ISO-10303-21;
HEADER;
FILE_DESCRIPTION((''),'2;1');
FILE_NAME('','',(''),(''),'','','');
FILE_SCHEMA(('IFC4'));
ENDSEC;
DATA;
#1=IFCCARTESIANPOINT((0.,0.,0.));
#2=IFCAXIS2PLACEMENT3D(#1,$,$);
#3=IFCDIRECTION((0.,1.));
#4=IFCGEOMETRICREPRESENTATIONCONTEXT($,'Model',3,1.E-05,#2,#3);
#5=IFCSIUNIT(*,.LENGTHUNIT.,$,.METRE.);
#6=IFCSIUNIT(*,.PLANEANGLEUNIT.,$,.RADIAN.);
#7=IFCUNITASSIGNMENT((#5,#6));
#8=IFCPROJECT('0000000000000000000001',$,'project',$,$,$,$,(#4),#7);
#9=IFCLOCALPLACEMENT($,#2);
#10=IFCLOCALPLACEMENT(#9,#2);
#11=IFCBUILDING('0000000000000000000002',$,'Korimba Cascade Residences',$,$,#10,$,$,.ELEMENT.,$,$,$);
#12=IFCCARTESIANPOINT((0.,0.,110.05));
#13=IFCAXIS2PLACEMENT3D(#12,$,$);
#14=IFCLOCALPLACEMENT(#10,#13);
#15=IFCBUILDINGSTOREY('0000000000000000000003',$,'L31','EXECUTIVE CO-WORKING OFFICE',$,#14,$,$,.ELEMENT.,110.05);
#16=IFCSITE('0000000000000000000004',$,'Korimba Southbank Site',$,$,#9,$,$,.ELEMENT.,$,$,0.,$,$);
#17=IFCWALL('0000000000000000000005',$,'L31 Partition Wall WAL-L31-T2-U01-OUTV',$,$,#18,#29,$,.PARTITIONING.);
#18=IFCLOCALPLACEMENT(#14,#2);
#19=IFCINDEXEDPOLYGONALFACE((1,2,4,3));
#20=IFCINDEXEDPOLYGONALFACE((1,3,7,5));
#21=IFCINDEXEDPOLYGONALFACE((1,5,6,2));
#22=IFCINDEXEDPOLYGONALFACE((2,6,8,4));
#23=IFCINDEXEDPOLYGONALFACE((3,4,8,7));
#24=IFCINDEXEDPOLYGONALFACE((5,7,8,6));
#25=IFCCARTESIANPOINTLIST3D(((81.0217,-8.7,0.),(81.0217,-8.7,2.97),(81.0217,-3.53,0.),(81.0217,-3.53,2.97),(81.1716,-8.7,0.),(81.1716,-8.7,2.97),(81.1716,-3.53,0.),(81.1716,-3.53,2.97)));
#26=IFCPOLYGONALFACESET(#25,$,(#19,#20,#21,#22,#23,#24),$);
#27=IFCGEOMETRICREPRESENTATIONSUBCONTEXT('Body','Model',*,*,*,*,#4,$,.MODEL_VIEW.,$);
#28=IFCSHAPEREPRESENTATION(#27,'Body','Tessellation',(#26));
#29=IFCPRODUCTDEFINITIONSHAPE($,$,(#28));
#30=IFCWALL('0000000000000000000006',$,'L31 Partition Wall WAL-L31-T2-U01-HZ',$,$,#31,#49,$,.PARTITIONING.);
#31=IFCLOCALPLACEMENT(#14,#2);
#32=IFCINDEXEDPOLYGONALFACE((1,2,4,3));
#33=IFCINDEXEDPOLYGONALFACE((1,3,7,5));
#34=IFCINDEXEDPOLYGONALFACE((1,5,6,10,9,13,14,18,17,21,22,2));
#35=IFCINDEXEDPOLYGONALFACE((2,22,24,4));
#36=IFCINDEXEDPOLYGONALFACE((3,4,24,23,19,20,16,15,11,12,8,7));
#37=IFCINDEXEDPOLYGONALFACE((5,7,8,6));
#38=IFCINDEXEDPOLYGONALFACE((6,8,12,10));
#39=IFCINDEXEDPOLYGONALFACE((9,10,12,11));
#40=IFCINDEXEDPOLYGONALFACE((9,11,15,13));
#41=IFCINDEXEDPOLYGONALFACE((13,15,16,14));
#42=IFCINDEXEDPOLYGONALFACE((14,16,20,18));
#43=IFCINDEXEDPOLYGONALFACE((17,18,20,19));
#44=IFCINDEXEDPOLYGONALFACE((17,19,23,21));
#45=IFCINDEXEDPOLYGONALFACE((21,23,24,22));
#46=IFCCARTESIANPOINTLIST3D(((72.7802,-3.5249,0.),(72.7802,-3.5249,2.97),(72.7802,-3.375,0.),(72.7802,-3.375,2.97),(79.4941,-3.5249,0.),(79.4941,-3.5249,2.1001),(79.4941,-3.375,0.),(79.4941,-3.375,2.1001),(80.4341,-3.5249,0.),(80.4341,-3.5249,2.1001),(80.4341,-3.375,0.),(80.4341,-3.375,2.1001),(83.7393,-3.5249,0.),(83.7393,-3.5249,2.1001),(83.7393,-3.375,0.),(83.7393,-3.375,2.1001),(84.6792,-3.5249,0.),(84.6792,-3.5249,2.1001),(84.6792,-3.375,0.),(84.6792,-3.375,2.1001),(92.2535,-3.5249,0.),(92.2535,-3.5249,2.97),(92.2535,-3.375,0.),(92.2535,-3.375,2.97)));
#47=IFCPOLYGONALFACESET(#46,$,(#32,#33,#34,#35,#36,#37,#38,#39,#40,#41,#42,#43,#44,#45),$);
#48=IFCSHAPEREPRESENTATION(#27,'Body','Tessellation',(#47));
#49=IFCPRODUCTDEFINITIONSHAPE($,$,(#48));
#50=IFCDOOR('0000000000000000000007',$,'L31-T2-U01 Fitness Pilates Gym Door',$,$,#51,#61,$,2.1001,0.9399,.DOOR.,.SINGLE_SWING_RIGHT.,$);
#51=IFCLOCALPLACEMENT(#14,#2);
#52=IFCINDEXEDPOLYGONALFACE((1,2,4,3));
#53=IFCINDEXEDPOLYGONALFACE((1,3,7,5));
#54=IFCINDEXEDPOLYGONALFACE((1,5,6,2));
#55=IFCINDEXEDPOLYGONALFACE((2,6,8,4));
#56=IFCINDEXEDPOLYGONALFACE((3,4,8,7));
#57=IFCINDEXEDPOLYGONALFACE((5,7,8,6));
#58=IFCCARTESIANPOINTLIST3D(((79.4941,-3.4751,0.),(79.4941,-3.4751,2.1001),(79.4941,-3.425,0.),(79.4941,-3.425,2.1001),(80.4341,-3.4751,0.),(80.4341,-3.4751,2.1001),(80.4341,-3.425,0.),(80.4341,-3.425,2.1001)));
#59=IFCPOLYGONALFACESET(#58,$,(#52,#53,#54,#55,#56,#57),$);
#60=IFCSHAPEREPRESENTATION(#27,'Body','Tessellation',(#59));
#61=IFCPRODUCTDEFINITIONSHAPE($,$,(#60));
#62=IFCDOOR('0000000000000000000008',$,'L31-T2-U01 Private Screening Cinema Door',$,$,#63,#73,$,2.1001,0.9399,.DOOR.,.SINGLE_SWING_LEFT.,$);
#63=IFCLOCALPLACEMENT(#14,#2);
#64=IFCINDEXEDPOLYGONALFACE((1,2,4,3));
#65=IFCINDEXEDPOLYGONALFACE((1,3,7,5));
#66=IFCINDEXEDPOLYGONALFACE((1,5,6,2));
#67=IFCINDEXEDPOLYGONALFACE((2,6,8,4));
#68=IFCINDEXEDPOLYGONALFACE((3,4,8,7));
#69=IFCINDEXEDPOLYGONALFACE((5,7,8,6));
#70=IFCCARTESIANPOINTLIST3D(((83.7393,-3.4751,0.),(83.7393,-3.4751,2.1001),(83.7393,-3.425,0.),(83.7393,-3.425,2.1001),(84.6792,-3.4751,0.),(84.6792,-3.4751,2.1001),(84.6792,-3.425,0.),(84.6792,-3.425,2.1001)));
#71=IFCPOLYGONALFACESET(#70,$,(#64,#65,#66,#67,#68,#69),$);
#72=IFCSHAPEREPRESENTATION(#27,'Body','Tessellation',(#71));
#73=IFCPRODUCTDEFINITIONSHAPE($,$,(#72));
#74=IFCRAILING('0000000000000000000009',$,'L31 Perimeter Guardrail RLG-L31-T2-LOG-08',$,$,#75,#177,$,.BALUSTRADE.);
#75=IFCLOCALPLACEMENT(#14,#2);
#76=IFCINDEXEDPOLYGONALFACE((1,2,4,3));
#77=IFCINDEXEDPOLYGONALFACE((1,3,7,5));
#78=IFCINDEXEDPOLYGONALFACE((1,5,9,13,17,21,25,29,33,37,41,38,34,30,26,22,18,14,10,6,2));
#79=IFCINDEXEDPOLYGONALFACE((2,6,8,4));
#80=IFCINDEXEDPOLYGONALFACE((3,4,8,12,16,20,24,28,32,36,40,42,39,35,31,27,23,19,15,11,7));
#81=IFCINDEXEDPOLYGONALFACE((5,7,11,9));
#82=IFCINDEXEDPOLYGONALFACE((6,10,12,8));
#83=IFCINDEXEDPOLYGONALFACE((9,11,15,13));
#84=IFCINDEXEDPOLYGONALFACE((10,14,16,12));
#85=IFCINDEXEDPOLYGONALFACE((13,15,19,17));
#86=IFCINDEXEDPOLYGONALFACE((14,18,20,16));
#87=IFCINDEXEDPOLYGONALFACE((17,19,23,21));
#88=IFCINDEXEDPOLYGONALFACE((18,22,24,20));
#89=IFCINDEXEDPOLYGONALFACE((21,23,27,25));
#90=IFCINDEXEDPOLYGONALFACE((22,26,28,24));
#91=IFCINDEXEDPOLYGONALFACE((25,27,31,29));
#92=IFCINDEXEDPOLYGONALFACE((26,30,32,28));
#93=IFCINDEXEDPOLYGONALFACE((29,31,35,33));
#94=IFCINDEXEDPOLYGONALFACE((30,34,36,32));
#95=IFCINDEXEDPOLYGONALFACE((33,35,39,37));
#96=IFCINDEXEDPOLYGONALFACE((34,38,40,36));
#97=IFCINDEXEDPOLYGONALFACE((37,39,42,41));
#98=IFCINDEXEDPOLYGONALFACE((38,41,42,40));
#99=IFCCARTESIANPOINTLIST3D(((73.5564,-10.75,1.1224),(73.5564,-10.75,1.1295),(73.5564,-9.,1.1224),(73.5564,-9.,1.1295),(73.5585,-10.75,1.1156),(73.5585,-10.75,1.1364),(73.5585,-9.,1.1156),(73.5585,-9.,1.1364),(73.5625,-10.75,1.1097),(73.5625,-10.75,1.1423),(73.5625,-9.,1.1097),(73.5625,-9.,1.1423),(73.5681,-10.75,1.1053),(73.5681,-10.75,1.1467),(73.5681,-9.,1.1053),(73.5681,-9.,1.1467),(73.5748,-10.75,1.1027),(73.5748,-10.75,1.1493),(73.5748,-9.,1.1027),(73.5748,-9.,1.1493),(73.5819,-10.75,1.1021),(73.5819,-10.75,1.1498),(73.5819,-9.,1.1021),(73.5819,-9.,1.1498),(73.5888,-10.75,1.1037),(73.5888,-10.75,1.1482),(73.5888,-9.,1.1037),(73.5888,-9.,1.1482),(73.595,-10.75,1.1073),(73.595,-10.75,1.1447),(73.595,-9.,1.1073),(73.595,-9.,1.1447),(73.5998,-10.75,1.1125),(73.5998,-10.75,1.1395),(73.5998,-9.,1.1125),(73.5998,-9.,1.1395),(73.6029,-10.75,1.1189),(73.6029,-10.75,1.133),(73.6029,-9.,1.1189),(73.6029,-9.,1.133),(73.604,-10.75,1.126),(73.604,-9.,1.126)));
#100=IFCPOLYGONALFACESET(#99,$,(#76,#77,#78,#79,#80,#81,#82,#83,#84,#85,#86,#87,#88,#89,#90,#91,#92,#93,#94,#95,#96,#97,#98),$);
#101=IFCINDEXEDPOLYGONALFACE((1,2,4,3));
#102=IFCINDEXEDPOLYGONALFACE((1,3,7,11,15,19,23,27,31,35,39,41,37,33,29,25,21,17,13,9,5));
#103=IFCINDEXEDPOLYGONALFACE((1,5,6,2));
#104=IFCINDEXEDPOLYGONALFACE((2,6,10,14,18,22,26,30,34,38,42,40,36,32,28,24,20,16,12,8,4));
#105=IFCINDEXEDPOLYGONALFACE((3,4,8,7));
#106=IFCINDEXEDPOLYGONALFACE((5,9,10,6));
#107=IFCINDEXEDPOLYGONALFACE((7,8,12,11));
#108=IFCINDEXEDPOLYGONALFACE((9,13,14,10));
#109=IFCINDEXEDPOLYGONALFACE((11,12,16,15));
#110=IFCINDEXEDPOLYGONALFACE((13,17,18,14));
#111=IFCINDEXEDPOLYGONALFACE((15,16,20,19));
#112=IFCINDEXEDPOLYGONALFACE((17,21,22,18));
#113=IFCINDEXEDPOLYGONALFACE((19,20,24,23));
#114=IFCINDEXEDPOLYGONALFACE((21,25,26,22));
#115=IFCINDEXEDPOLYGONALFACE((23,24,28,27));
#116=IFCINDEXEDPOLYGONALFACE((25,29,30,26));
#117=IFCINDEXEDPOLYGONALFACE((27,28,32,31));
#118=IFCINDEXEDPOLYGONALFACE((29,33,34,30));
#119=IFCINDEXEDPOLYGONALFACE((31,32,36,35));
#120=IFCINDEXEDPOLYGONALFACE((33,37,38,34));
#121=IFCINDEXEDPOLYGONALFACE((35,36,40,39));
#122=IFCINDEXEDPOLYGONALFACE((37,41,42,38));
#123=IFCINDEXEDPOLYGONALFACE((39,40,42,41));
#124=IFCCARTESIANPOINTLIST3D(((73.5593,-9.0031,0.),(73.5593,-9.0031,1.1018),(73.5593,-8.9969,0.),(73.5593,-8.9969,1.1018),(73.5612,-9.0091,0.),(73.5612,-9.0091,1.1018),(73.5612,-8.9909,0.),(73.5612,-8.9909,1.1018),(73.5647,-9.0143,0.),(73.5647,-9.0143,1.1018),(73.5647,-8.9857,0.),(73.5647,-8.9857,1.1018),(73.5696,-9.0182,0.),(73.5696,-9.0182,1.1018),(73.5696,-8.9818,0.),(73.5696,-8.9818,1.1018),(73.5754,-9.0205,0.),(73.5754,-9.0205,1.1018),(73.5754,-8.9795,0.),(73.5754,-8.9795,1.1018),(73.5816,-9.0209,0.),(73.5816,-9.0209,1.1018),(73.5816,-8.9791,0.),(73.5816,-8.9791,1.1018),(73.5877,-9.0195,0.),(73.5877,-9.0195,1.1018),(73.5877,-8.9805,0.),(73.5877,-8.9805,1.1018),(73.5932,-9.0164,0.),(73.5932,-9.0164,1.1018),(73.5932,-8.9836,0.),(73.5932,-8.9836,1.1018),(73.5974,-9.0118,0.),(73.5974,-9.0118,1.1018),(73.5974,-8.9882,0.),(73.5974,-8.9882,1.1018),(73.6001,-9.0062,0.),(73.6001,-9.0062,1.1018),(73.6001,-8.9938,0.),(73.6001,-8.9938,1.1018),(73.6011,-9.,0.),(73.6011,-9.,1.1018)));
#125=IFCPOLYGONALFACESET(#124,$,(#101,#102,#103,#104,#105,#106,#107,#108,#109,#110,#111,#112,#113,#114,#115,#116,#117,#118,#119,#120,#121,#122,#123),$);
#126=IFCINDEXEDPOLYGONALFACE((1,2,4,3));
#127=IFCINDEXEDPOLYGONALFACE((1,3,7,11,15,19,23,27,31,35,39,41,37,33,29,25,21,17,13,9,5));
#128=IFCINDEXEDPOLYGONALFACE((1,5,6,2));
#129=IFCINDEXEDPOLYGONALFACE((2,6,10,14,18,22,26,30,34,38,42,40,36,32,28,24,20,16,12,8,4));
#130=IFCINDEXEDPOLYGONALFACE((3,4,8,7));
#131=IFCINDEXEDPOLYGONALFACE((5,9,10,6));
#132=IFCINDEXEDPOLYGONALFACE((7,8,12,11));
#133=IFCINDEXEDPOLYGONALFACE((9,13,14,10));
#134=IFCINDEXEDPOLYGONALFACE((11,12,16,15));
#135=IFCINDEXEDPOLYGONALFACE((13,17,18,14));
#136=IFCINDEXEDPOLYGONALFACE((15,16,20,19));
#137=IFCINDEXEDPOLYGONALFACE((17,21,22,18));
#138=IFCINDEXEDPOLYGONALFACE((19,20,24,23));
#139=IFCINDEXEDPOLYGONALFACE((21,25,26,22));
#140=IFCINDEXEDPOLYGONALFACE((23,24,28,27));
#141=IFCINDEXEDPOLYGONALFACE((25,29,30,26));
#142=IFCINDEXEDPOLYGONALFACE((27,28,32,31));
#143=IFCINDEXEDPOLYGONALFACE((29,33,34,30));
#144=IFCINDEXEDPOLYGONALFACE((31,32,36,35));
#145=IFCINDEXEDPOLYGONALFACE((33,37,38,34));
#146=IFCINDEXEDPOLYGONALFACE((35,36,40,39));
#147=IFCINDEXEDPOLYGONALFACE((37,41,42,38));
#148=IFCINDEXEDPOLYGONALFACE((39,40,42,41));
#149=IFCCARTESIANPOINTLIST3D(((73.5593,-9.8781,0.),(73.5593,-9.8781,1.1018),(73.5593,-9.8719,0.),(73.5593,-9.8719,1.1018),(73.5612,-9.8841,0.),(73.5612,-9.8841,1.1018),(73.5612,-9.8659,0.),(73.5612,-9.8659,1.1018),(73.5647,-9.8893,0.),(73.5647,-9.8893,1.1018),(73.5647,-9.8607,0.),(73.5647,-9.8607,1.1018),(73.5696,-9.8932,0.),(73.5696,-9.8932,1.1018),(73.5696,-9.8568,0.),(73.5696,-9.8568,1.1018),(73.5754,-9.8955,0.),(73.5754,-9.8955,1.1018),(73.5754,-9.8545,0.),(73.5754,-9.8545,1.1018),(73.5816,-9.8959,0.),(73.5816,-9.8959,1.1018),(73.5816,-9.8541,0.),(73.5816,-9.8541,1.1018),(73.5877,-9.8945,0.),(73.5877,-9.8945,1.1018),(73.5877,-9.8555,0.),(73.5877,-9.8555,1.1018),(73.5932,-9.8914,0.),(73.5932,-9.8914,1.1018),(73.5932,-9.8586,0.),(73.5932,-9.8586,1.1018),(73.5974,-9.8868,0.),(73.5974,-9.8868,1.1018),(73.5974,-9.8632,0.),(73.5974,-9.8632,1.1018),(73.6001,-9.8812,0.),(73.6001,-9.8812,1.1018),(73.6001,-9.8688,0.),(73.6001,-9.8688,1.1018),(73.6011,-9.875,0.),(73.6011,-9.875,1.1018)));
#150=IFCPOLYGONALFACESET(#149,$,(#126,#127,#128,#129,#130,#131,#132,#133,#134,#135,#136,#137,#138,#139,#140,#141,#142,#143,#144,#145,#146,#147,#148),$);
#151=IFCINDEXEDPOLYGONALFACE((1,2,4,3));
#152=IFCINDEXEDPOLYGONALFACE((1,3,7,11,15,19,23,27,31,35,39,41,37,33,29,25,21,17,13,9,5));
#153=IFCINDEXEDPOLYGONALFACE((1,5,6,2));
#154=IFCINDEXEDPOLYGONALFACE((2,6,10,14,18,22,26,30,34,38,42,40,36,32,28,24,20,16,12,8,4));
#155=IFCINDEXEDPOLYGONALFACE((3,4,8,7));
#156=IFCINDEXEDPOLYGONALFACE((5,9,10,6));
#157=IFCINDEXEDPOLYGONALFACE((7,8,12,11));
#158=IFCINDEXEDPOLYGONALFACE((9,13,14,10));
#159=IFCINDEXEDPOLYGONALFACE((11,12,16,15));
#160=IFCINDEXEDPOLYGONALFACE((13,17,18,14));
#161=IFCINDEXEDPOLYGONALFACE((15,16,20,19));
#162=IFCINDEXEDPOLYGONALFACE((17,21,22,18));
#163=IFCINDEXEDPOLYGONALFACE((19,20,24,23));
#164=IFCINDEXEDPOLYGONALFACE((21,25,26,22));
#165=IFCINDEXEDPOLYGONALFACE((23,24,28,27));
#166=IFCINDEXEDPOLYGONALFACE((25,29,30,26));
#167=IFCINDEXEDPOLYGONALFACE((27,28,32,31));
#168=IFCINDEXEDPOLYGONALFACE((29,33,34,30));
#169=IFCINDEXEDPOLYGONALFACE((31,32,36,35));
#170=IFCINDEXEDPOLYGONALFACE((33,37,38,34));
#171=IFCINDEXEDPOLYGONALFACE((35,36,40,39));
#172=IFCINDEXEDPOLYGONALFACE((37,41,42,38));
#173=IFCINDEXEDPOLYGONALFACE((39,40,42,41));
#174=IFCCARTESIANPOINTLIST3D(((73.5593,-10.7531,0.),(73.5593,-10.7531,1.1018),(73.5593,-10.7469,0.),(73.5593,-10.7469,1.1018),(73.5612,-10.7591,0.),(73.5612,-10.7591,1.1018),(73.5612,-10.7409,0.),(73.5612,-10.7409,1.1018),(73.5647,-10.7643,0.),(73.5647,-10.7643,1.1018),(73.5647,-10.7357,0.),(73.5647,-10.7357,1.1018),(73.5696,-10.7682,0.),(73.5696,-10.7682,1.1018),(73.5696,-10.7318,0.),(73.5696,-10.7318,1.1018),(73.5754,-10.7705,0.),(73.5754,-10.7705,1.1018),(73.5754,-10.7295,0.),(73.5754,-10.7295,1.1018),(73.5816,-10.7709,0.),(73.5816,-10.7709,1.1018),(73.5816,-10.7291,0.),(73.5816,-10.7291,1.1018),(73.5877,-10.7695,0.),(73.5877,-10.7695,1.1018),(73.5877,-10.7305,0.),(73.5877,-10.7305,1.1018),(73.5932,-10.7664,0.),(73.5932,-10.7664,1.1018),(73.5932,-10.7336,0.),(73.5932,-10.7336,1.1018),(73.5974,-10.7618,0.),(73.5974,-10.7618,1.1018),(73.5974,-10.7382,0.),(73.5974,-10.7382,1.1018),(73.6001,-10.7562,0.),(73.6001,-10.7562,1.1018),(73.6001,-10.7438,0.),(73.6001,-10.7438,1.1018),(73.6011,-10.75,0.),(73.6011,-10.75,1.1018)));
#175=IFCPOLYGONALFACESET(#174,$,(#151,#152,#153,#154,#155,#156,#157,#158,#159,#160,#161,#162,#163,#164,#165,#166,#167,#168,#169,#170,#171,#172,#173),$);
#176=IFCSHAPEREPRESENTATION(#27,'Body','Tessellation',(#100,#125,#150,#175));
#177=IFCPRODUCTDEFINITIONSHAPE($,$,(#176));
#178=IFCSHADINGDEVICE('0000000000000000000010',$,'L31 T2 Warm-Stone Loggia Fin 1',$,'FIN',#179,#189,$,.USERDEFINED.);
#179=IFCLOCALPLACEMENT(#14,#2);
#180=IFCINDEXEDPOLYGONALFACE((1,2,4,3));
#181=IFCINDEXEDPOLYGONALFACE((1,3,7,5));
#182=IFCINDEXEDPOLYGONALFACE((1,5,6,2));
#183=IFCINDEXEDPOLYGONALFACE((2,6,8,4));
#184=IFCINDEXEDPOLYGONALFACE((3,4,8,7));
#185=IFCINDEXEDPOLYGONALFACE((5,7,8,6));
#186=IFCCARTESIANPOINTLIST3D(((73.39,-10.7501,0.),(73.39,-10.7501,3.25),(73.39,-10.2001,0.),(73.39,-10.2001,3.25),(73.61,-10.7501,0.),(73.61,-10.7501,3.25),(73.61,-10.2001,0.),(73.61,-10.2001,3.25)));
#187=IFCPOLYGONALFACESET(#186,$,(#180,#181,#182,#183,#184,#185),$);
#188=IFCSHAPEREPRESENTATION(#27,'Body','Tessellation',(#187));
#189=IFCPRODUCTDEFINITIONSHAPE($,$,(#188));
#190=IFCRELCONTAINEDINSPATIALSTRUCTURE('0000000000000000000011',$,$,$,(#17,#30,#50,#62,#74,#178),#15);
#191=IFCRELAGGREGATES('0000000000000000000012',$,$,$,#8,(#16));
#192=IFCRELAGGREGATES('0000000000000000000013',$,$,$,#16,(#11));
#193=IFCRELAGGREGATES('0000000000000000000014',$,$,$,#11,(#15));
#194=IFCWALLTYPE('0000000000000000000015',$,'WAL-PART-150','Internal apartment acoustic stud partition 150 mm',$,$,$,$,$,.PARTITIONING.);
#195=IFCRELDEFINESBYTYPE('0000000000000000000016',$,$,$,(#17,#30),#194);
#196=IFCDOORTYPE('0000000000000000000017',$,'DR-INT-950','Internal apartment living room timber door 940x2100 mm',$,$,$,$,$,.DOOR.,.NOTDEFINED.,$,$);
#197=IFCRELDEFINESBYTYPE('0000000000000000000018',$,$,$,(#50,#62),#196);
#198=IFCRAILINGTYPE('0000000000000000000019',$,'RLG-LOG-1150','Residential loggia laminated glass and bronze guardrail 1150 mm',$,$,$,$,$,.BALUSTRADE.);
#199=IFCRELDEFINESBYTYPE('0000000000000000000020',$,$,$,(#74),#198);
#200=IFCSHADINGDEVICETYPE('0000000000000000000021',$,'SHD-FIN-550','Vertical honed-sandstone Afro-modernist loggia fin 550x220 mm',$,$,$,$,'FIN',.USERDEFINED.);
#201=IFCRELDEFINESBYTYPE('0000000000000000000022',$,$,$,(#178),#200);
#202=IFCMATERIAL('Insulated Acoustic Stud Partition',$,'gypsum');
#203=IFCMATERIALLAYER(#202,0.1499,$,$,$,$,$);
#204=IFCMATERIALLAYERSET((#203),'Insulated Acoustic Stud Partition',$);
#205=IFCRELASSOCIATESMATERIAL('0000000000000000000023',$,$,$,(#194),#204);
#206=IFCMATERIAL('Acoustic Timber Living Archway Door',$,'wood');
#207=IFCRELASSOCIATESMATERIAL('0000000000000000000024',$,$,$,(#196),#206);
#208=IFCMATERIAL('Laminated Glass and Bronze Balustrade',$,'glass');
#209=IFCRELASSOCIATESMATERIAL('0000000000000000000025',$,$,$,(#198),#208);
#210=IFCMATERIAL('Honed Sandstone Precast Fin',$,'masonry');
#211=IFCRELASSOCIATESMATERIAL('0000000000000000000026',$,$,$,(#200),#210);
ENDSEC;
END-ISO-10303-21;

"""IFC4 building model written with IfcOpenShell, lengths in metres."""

from ifc_helpers import new_model, si_unit, direction, frame, frame_2d, origin, origin_2d, place, context, subcontext, project, spatial, rectangle, circle, extrude, material, layer, layer_set, type_object, element, fill, save


model = new_model("IFC4")

# Units and contexts
model_context = context("Model", 3, precision=1e-05, world=origin(), true_north=direction((0.0, 1.0)))
body_context = subcontext(model_context, "Body", "Model", "MODEL_VIEW")
ifc_project = project(units=[si_unit("LENGTHUNIT", "METRE"), si_unit("PLANEANGLEUNIT", "RADIAN")], contexts=[model_context])

# Site, building, storey
site_placement = place(None, origin())
site = spatial("IfcSite", under=ifc_project, at=site_placement, Name="Korimba Southbank Site", CompositionType="ELEMENT", RefElevation=0.0)
building_placement = place(site_placement, origin())
building = spatial("IfcBuilding", under=site, at=building_placement, Name="Korimba Cascade Residences", CompositionType="ELEMENT")
storey_placement = place(building_placement, frame((0.0, 0.0, 110.05)))
storey = spatial("IfcBuildingStorey", under=building, at=storey_placement, Name="L31", Description="EXECUTIVE CO-WORKING OFFICE", CompositionType="ELEMENT", Elevation=110.05)

# Wall
ifc_material_1 = material(Name="Insulated Acoustic Stud Partition", Category="gypsum")
ifc_layer_1 = layer(ifc_material_1, 0.1499)
ifc_layer_set_1 = layer_set([ifc_layer_1], Name="Insulated Acoustic Stud Partition")
wall_type_1 = type_object("IfcWallType", Name="WAL-PART-150", Description="Internal apartment acoustic stud partition 150 mm", PredefinedType="PARTITIONING", material=ifc_layer_set_1)
wall_1_placement = place(storey_placement, frame((81.0967, -8.7, 0.0), z_axis=(0.0, 0.0, 1.0), x_axis=(0.0, 1.0, 0.0)))
element("IfcWall", 1, at=wall_1_placement, inside=storey, type_object=wall_type_1, Name="L31 Partition Wall WAL-L31-T2-U01-OUTV", PredefinedType="PARTITIONING", context=body_context, shape_type="SweptSolid", body=[
    extrude(rectangle(XDim=5.1699, YDim=0.1499, at=frame_2d((2.585, 0.0))), origin(), (0.0, 0.0, 1.0), 2.97),
])

# Wall, openings, doors
wall_2_placement = place(storey_placement, frame((72.78, -3.45, 0.0), z_axis=(0.0, 0.0, 1.0), x_axis=(1.0, 0.0, 0.0)))
wall_2 = element("IfcWall", 2, at=wall_2_placement, inside=storey, type_object=wall_type_1, Name="L31 Partition Wall WAL-L31-T2-U01-HZ", PredefinedType="PARTITIONING", context=body_context, shape_type="SweptSolid", body=[
    extrude(rectangle(XDim=19.4734, YDim=0.1499, at=frame_2d((9.7368, 0.0))), origin(), (0.0, 0.0, 1.0), 2.97),
])
opening_1_placement = place(wall_2_placement, frame((6.7141, 0.0, 0.0)))
opening_1 = element("IfcOpeningElement", 3, at=opening_1_placement, cuts=wall_2, PredefinedType="OPENING", context=body_context, shape_type="SweptSolid", body=[
    extrude(rectangle(XDim=0.9399, YDim=2.1001, at=frame_2d((0.47, 1.05))), frame((0.0, 0.085, 0.0), z_axis=(0.0, -1.0, 0.0), x_axis=(1.0, 0.0, 0.0)), (0.0, 0.0, 1.0), 0.1699),
])
opening_2_placement = place(wall_2_placement, frame((10.9592, 0.0, 0.0)))
opening_2 = element("IfcOpeningElement", 4, at=opening_2_placement, cuts=wall_2, PredefinedType="OPENING", context=body_context, shape_type="SweptSolid", body=[
    extrude(rectangle(XDim=0.9399, YDim=2.1001, at=frame_2d((0.47, 1.05))), frame((0.0, 0.085, 0.0), z_axis=(0.0, -1.0, 0.0), x_axis=(1.0, 0.0, 0.0)), (0.0, 0.0, 1.0), 0.1699),
])
ifc_material_2 = material(Name="Acoustic Timber Living Archway Door", Category="wood")
door_type = type_object("IfcDoorType", Name="DR-INT-950", Description="Internal apartment living room timber door 940x2100 mm", OperationType="NOTDEFINED", PredefinedType="DOOR", material=ifc_material_2)
door_1_placement = place(opening_1_placement, origin())
door_1 = element("IfcDoor", 5, at=door_1_placement, inside=storey, type_object=door_type, Name="L31-T2-U01 Fitness Pilates Gym Door", OperationType="SINGLE_SWING_RIGHT", OverallHeight=2.1001, OverallWidth=0.9399, PredefinedType="DOOR", context=body_context, shape_type="SweptSolid", body=[
    extrude(rectangle(XDim=0.9399, YDim=2.1001, at=frame_2d((0.47, 1.05))), frame((0.0, 0.0249, 0.0), z_axis=(0.0, -1.0, 0.0), x_axis=(1.0, 0.0, 0.0)), (0.0, 0.0, 1.0), 0.05),
])
fill(opening_1, door_1)
door_2_placement = place(opening_2_placement, origin())
door_2 = element("IfcDoor", 6, at=door_2_placement, inside=storey, type_object=door_type, Name="L31-T2-U01 Private Screening Cinema Door", OperationType="SINGLE_SWING_LEFT", OverallHeight=2.1001, OverallWidth=0.9399, PredefinedType="DOOR", context=body_context, shape_type="SweptSolid", body=[
    extrude(rectangle(XDim=0.9399, YDim=2.1001, at=frame_2d((0.47, 1.05))), frame((0.0, 0.0249, 0.0), z_axis=(0.0, -1.0, 0.0), x_axis=(1.0, 0.0, 0.0)), (0.0, 0.0, 1.0), 0.05),
])
fill(opening_2, door_2)

# Railing
ifc_material_3 = material(Name="Laminated Glass and Bronze Balustrade", Category="glass")
railing_type = type_object("IfcRailingType", Name="RLG-LOG-1150", Description="Residential loggia laminated glass and bronze guardrail 1150 mm", PredefinedType="BALUSTRADE", material=ifc_material_3)
railing_1_placement = place(storey_placement, frame((73.5801, -9.0, 0.0)))
element("IfcRailing", 7, at=railing_1_placement, inside=storey, type_object=railing_type, Name="L31 Perimeter Guardrail RLG-L31-T2-LOG-08", PredefinedType="BALUSTRADE", context=body_context, shape_type="SweptSolid", body=[
    extrude(circle(Radius=0.0239, at=origin_2d()), frame((0.0, 0.0, 1.126), z_axis=(0.0, -1.0, 0.0), x_axis=(1.0, 0.0, 0.0)), (0.0, 0.0, 1.0), 1.75),
    extrude(circle(Radius=0.021, at=origin_2d()), origin(), (0.0, 0.0, 1.0), 1.1018),
    extrude(circle(Radius=0.021, at=origin_2d()), frame((0.0, -0.875, 0.0)), (0.0, 0.0, 1.0), 1.1018),
    extrude(circle(Radius=0.021, at=origin_2d()), frame((0.0, -1.75, 0.0)), (0.0, 0.0, 1.0), 1.1018),
])

# Shading device
ifc_material_4 = material(Name="Honed Sandstone Precast Fin", Category="masonry")
shading_device_type = type_object("IfcShadingDeviceType", Name="SHD-FIN-550", Description="Vertical honed-sandstone Afro-modernist loggia fin 550x220 mm", ElementType="FIN", PredefinedType="USERDEFINED", material=ifc_material_4)
for number, where, z_axis, x_axis, name in (
    (8, (73.5, -10.4751, 0.0), (0.0, 0.0, 1.0), (1.0, 0.0, 0.0), "L31 T2 Warm-Stone Loggia Fin 1"),
):
    element("IfcShadingDevice", number, at=place(storey_placement, frame(where, z_axis=z_axis, x_axis=x_axis)), inside=storey, type_object=shading_device_type, Name=name, ObjectType="FIN", PredefinedType="USERDEFINED", context=body_context, shape_type="SweptSolid", body=[
        extrude(rectangle(XDim=0.22, YDim=0.55, at=origin_2d()), origin(), (0.0, 0.0, 1.0), 3.25),
    ])

save(model, "model.ifc")
